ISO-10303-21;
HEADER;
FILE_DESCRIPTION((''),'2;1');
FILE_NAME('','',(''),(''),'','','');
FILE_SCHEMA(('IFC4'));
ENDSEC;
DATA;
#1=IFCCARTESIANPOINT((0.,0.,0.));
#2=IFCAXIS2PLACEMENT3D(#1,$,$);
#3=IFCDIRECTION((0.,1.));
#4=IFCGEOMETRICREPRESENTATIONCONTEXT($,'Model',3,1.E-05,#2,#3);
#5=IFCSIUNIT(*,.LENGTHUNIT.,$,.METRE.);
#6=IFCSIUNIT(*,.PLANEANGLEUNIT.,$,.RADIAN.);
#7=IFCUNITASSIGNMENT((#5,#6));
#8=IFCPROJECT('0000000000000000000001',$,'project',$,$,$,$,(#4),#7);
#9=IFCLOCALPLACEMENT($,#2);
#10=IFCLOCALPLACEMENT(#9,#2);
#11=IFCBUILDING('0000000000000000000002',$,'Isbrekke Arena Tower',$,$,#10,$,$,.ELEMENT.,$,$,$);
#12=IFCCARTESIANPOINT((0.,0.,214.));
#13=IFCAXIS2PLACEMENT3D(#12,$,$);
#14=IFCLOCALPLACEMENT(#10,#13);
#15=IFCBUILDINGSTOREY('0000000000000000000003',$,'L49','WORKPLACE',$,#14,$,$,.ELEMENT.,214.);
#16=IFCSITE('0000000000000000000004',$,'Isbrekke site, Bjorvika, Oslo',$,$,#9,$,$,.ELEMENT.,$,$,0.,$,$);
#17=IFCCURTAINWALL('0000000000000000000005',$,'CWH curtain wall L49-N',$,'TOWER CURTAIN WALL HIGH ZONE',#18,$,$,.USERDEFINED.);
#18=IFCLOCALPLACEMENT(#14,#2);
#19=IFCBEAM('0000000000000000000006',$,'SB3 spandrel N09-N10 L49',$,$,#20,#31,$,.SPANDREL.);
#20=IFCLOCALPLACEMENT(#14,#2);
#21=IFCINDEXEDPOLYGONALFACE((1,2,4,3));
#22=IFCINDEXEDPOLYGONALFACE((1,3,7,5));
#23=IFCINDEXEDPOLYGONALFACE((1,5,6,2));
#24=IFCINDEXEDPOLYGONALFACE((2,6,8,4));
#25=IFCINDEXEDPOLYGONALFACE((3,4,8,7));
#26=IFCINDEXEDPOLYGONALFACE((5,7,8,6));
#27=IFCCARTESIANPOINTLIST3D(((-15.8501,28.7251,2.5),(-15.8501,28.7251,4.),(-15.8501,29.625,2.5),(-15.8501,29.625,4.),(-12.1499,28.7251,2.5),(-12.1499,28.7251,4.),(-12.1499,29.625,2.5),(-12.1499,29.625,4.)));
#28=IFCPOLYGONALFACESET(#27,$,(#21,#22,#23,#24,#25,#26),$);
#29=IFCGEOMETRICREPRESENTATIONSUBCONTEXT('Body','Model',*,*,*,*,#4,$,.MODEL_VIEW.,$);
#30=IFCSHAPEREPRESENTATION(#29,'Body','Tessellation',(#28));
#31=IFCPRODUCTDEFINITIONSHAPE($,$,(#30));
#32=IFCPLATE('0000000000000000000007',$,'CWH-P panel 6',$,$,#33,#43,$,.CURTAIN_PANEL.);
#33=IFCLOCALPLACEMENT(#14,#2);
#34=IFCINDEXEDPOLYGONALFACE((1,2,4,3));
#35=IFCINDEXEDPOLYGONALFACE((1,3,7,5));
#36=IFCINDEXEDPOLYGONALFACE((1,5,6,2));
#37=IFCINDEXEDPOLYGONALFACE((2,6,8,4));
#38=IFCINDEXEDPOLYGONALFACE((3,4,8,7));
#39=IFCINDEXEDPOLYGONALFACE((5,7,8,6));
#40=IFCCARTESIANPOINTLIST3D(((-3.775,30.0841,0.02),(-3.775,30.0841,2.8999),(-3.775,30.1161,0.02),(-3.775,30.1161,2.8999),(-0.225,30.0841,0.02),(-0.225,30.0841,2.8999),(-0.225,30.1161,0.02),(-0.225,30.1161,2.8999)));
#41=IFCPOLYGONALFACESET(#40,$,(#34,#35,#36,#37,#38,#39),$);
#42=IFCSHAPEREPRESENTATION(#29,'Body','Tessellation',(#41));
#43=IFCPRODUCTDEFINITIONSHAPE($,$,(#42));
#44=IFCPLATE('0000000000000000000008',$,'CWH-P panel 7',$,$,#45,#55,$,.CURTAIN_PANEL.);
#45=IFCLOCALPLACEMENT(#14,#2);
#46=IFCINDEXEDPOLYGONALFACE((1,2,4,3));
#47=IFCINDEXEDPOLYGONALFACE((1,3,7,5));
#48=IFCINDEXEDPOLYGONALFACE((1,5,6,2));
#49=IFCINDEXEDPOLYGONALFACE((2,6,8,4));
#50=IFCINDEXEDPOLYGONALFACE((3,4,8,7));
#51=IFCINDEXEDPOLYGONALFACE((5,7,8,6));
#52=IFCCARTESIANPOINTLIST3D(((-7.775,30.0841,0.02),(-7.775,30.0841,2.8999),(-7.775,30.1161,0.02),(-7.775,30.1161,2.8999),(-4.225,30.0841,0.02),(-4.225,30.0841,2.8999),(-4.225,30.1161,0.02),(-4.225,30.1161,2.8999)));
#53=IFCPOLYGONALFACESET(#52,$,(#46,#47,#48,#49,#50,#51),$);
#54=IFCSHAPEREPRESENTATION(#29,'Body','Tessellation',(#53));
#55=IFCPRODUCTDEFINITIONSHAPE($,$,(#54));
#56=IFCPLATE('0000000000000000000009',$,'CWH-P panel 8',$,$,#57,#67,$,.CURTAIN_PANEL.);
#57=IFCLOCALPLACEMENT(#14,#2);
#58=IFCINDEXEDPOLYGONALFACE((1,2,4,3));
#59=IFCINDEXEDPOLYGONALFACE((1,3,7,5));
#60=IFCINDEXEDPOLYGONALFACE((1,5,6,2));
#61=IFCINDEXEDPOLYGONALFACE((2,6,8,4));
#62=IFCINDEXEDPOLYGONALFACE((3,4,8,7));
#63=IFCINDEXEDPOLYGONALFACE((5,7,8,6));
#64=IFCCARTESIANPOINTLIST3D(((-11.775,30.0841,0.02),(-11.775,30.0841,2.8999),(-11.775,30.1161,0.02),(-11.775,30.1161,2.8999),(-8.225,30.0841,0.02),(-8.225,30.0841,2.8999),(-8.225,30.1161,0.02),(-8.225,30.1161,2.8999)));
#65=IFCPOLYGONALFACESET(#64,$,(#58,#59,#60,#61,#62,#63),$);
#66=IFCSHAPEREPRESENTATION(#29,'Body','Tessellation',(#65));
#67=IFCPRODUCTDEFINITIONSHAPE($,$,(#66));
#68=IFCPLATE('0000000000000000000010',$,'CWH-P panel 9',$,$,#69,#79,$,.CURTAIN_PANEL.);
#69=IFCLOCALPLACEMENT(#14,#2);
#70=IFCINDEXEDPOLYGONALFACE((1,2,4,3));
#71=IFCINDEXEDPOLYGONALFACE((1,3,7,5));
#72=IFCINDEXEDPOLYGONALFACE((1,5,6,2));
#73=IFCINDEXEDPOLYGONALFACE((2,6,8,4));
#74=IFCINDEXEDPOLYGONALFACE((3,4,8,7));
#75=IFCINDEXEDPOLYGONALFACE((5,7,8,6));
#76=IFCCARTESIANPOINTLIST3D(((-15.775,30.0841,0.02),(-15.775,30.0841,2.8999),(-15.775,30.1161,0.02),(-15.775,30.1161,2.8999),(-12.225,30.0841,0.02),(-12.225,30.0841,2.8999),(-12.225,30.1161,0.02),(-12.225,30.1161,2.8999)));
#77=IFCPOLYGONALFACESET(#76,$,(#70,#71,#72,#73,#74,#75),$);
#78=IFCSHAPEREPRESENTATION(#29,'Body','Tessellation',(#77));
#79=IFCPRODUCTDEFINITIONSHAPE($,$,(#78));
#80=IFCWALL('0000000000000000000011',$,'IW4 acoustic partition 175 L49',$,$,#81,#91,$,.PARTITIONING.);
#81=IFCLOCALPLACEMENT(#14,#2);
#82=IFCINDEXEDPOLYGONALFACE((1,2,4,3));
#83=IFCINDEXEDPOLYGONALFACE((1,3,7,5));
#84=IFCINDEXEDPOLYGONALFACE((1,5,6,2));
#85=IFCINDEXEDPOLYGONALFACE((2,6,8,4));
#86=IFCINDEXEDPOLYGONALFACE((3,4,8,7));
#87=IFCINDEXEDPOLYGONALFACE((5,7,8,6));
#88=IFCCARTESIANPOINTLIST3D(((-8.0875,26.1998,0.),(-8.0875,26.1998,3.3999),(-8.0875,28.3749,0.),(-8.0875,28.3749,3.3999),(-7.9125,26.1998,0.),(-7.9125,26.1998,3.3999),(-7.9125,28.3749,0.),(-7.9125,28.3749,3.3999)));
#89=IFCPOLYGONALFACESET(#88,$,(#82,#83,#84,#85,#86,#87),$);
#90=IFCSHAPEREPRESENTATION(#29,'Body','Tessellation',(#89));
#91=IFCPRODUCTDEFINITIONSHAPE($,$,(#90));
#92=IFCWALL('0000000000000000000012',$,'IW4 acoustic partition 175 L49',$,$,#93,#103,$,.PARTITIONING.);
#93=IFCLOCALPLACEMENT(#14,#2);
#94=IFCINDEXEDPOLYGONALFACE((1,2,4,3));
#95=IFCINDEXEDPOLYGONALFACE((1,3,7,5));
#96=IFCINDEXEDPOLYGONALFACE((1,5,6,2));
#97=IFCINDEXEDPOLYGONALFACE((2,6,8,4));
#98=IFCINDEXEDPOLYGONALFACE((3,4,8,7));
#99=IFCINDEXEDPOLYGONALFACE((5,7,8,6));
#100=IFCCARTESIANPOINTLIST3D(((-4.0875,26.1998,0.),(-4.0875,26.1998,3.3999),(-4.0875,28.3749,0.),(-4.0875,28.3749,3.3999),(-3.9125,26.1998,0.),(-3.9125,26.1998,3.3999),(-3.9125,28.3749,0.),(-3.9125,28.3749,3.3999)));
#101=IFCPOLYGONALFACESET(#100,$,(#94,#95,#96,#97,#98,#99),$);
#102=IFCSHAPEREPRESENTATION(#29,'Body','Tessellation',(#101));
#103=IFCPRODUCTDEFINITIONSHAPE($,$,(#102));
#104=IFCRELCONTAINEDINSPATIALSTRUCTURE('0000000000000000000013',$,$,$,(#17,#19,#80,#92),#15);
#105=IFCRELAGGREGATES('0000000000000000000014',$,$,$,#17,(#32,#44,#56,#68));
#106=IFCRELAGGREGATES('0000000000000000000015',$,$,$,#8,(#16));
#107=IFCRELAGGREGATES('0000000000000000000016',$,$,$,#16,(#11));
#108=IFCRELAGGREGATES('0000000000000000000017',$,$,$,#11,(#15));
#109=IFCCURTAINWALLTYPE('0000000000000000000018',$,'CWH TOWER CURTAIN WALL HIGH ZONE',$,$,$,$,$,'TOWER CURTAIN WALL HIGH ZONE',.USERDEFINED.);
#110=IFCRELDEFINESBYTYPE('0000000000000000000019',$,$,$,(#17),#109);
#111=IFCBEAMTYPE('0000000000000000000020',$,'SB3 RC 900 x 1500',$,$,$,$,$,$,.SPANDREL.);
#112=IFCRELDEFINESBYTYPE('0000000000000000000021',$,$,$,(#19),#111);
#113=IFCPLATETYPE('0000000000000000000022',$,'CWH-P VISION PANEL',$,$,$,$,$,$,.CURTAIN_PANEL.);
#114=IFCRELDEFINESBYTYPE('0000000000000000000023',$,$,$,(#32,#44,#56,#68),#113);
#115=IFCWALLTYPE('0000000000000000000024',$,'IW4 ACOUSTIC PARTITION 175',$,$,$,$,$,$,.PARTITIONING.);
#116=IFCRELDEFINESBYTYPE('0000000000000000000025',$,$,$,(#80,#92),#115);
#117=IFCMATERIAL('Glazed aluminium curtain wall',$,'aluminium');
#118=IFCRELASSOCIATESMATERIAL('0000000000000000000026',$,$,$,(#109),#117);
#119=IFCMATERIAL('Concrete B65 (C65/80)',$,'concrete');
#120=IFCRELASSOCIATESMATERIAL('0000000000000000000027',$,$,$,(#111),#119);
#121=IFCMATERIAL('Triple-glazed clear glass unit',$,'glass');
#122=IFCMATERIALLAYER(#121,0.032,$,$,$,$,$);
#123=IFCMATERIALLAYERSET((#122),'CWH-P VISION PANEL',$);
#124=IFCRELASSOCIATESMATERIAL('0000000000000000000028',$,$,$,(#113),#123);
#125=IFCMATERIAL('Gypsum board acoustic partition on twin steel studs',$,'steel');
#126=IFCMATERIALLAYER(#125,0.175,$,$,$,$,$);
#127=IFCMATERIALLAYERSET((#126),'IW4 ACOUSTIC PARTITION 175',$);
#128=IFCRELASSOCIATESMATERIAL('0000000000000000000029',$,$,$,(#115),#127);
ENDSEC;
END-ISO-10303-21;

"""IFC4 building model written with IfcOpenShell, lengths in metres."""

from ifc_helpers import new_model, si_unit, direction, frame, frame_2d, origin, origin_2d, place, context, subcontext, project, spatial, rectangle, extrude, material, layer, layer_set, material_profile, profile_set, type_object, element, aggregate, save


model = new_model("IFC4")

# Units and contexts
model_context = context("Model", 3, precision=1e-05, world=origin(), true_north=direction((0.0, 1.0)))
body_context = subcontext(model_context, "Body", "Model", "MODEL_VIEW")
ifc_project = project(units=[si_unit("LENGTHUNIT", "METRE"), si_unit("PLANEANGLEUNIT", "RADIAN")], contexts=[model_context])

# Site, building, storey
site_placement = place(None, origin())
site = spatial("IfcSite", under=ifc_project, at=site_placement, Name="Isbrekke site, Bjorvika, Oslo", CompositionType="ELEMENT", RefElevation=0.0)
building_placement = place(site_placement, origin())
building = spatial("IfcBuilding", under=site, at=building_placement, Name="Isbrekke Arena Tower", CompositionType="ELEMENT")
storey_placement = place(building_placement, frame((0.0, 0.0, 214.0)))
storey = spatial("IfcBuildingStorey", under=building, at=storey_placement, Name="L49", Description="WORKPLACE", CompositionType="ELEMENT", Elevation=214.0)

# Curtain wall
ifc_material_1 = material(Name="Glazed aluminium curtain wall", Category="aluminium")
curtain_wall_type = type_object("IfcCurtainWallType", Name="CWH TOWER CURTAIN WALL HIGH ZONE", ElementType="TOWER CURTAIN WALL HIGH ZONE", PredefinedType="USERDEFINED", material=ifc_material_1)
curtain_wall_placement = place(storey_placement, origin())
curtain_wall = element("IfcCurtainWall", 1, at=curtain_wall_placement, inside=storey, type_object=curtain_wall_type, Name="CWH curtain wall L49-N", ObjectType="TOWER CURTAIN WALL HIGH ZONE", PredefinedType="USERDEFINED")

# Beam
ifc_material_2 = material(Name="Concrete B65 (C65/80)", Category="concrete")
ifc_material_profile_1 = material_profile(ifc_material_2, rectangle(XDim=0.8999, YDim=1.5, at=origin_2d()), Name="RC 900x1500")
ifc_profile_set_1 = profile_set([ifc_material_profile_1], Name="Concrete B65 (C65/80)")
beam_type_1 = type_object("IfcBeamType", Name="SB3 RC 900 x 1500", PredefinedType="SPANDREL", material=ifc_profile_set_1)
for number, where, z_axis, x_axis, name in (
    (2, (-12.1499, 29.175, 3.25), (-1.0, 0.0, 0.0), (0.0, -1.0, 0.0), "SB3 spandrel N09-N10 L49"),
):
    element("IfcBeam", number, at=place(storey_placement, frame(where, z_axis=z_axis, x_axis=x_axis)), inside=storey, type_object=beam_type_1, Name=name, PredefinedType="SPANDREL", context=body_context, shape_type="SweptSolid", body=[
        extrude(rectangle(XDim=0.8999, YDim=1.5, at=origin_2d()), origin(), (0.0, 0.0, 1.0), 3.7002),
    ])

# Plates
ifc_material_3 = material(Name="Triple-glazed clear glass unit", Category="glass")
ifc_layer_1 = layer(ifc_material_3, 0.032)
ifc_layer_set_1 = layer_set([ifc_layer_1], Name="CWH-P VISION PANEL")
plate_type = type_object("IfcPlateType", Name="CWH-P VISION PANEL", PredefinedType="CURTAIN_PANEL", material=ifc_layer_set_1)
plate_1_placement = place(storey_placement, frame((-2.0, 30.1001, 0.02), z_axis=(0.0, 0.0, 1.0), x_axis=(-1.0, 0.0, 0.0)))
plate_1 = element("IfcPlate", 3, at=plate_1_placement, type_object=plate_type, Name="CWH-P panel 6", PredefinedType="CURTAIN_PANEL", context=body_context, shape_type="SweptSolid", body=[
    extrude(rectangle(XDim=3.55, YDim=0.032, at=origin_2d()), origin(), (0.0, 0.0, 1.0), 2.8799),
])
plate_2_placement = place(storey_placement, frame((-6.0, 30.1001, 0.02), z_axis=(0.0, 0.0, 1.0), x_axis=(-1.0, 0.0, 0.0)))
plate_2 = element("IfcPlate", 4, at=plate_2_placement, type_object=plate_type, Name="CWH-P panel 7", PredefinedType="CURTAIN_PANEL", context=body_context, shape_type="SweptSolid", body=[
    extrude(rectangle(XDim=3.55, YDim=0.032, at=origin_2d()), origin(), (0.0, 0.0, 1.0), 2.8799),
])
plate_3_placement = place(storey_placement, frame((-10.0, 30.1001, 0.02), z_axis=(0.0, 0.0, 1.0), x_axis=(-1.0, 0.0, 0.0)))
plate_3 = element("IfcPlate", 5, at=plate_3_placement, type_object=plate_type, Name="CWH-P panel 8", PredefinedType="CURTAIN_PANEL", context=body_context, shape_type="SweptSolid", body=[
    extrude(rectangle(XDim=3.55, YDim=0.032, at=origin_2d()), origin(), (0.0, 0.0, 1.0), 2.8799),
])
plate_4_placement = place(storey_placement, frame((-14.0, 30.1001, 0.02), z_axis=(0.0, 0.0, 1.0), x_axis=(-1.0, 0.0, 0.0)))
plate_4 = element("IfcPlate", 6, at=plate_4_placement, type_object=plate_type, Name="CWH-P panel 9", PredefinedType="CURTAIN_PANEL", context=body_context, shape_type="SweptSolid", body=[
    extrude(rectangle(XDim=3.55, YDim=0.032, at=origin_2d()), origin(), (0.0, 0.0, 1.0), 2.8799),
])
aggregate(curtain_wall, [plate_1, plate_2, plate_3, plate_4])

# Walls
ifc_material_4 = material(Name="Gypsum board acoustic partition on twin steel studs", Category="steel")
ifc_layer_2 = layer(ifc_material_4, 0.175)
ifc_layer_set_2 = layer_set([ifc_layer_2], Name="IW4 ACOUSTIC PARTITION 175")
wall_type = type_object("IfcWallType", Name="IW4 ACOUSTIC PARTITION 175", PredefinedType="PARTITIONING", material=ifc_layer_set_2)
for number, where, z_axis, x_axis, name in (
    (7, (-8.0, 26.2, 0.0), (0.0, 0.0, 1.0), (0.0, 1.0, 0.0), "IW4 acoustic partition 175 L49"),
    (8, (-4.0, 26.2, 0.0), (0.0, 0.0, 1.0), (0.0, 1.0, 0.0), "IW4 acoustic partition 175 L49"),
):
    element("IfcWall", number, at=place(storey_placement, frame(where, z_axis=z_axis, x_axis=x_axis)), inside=storey, type_object=wall_type, Name=name, PredefinedType="PARTITIONING", context=body_context, shape_type="SweptSolid", body=[
        extrude(rectangle(XDim=2.175, YDim=0.175, at=frame_2d((1.0874, 0.0))), origin(), (0.0, 0.0, 1.0), 3.3999),
    ])

save(model, "model.ifc")
